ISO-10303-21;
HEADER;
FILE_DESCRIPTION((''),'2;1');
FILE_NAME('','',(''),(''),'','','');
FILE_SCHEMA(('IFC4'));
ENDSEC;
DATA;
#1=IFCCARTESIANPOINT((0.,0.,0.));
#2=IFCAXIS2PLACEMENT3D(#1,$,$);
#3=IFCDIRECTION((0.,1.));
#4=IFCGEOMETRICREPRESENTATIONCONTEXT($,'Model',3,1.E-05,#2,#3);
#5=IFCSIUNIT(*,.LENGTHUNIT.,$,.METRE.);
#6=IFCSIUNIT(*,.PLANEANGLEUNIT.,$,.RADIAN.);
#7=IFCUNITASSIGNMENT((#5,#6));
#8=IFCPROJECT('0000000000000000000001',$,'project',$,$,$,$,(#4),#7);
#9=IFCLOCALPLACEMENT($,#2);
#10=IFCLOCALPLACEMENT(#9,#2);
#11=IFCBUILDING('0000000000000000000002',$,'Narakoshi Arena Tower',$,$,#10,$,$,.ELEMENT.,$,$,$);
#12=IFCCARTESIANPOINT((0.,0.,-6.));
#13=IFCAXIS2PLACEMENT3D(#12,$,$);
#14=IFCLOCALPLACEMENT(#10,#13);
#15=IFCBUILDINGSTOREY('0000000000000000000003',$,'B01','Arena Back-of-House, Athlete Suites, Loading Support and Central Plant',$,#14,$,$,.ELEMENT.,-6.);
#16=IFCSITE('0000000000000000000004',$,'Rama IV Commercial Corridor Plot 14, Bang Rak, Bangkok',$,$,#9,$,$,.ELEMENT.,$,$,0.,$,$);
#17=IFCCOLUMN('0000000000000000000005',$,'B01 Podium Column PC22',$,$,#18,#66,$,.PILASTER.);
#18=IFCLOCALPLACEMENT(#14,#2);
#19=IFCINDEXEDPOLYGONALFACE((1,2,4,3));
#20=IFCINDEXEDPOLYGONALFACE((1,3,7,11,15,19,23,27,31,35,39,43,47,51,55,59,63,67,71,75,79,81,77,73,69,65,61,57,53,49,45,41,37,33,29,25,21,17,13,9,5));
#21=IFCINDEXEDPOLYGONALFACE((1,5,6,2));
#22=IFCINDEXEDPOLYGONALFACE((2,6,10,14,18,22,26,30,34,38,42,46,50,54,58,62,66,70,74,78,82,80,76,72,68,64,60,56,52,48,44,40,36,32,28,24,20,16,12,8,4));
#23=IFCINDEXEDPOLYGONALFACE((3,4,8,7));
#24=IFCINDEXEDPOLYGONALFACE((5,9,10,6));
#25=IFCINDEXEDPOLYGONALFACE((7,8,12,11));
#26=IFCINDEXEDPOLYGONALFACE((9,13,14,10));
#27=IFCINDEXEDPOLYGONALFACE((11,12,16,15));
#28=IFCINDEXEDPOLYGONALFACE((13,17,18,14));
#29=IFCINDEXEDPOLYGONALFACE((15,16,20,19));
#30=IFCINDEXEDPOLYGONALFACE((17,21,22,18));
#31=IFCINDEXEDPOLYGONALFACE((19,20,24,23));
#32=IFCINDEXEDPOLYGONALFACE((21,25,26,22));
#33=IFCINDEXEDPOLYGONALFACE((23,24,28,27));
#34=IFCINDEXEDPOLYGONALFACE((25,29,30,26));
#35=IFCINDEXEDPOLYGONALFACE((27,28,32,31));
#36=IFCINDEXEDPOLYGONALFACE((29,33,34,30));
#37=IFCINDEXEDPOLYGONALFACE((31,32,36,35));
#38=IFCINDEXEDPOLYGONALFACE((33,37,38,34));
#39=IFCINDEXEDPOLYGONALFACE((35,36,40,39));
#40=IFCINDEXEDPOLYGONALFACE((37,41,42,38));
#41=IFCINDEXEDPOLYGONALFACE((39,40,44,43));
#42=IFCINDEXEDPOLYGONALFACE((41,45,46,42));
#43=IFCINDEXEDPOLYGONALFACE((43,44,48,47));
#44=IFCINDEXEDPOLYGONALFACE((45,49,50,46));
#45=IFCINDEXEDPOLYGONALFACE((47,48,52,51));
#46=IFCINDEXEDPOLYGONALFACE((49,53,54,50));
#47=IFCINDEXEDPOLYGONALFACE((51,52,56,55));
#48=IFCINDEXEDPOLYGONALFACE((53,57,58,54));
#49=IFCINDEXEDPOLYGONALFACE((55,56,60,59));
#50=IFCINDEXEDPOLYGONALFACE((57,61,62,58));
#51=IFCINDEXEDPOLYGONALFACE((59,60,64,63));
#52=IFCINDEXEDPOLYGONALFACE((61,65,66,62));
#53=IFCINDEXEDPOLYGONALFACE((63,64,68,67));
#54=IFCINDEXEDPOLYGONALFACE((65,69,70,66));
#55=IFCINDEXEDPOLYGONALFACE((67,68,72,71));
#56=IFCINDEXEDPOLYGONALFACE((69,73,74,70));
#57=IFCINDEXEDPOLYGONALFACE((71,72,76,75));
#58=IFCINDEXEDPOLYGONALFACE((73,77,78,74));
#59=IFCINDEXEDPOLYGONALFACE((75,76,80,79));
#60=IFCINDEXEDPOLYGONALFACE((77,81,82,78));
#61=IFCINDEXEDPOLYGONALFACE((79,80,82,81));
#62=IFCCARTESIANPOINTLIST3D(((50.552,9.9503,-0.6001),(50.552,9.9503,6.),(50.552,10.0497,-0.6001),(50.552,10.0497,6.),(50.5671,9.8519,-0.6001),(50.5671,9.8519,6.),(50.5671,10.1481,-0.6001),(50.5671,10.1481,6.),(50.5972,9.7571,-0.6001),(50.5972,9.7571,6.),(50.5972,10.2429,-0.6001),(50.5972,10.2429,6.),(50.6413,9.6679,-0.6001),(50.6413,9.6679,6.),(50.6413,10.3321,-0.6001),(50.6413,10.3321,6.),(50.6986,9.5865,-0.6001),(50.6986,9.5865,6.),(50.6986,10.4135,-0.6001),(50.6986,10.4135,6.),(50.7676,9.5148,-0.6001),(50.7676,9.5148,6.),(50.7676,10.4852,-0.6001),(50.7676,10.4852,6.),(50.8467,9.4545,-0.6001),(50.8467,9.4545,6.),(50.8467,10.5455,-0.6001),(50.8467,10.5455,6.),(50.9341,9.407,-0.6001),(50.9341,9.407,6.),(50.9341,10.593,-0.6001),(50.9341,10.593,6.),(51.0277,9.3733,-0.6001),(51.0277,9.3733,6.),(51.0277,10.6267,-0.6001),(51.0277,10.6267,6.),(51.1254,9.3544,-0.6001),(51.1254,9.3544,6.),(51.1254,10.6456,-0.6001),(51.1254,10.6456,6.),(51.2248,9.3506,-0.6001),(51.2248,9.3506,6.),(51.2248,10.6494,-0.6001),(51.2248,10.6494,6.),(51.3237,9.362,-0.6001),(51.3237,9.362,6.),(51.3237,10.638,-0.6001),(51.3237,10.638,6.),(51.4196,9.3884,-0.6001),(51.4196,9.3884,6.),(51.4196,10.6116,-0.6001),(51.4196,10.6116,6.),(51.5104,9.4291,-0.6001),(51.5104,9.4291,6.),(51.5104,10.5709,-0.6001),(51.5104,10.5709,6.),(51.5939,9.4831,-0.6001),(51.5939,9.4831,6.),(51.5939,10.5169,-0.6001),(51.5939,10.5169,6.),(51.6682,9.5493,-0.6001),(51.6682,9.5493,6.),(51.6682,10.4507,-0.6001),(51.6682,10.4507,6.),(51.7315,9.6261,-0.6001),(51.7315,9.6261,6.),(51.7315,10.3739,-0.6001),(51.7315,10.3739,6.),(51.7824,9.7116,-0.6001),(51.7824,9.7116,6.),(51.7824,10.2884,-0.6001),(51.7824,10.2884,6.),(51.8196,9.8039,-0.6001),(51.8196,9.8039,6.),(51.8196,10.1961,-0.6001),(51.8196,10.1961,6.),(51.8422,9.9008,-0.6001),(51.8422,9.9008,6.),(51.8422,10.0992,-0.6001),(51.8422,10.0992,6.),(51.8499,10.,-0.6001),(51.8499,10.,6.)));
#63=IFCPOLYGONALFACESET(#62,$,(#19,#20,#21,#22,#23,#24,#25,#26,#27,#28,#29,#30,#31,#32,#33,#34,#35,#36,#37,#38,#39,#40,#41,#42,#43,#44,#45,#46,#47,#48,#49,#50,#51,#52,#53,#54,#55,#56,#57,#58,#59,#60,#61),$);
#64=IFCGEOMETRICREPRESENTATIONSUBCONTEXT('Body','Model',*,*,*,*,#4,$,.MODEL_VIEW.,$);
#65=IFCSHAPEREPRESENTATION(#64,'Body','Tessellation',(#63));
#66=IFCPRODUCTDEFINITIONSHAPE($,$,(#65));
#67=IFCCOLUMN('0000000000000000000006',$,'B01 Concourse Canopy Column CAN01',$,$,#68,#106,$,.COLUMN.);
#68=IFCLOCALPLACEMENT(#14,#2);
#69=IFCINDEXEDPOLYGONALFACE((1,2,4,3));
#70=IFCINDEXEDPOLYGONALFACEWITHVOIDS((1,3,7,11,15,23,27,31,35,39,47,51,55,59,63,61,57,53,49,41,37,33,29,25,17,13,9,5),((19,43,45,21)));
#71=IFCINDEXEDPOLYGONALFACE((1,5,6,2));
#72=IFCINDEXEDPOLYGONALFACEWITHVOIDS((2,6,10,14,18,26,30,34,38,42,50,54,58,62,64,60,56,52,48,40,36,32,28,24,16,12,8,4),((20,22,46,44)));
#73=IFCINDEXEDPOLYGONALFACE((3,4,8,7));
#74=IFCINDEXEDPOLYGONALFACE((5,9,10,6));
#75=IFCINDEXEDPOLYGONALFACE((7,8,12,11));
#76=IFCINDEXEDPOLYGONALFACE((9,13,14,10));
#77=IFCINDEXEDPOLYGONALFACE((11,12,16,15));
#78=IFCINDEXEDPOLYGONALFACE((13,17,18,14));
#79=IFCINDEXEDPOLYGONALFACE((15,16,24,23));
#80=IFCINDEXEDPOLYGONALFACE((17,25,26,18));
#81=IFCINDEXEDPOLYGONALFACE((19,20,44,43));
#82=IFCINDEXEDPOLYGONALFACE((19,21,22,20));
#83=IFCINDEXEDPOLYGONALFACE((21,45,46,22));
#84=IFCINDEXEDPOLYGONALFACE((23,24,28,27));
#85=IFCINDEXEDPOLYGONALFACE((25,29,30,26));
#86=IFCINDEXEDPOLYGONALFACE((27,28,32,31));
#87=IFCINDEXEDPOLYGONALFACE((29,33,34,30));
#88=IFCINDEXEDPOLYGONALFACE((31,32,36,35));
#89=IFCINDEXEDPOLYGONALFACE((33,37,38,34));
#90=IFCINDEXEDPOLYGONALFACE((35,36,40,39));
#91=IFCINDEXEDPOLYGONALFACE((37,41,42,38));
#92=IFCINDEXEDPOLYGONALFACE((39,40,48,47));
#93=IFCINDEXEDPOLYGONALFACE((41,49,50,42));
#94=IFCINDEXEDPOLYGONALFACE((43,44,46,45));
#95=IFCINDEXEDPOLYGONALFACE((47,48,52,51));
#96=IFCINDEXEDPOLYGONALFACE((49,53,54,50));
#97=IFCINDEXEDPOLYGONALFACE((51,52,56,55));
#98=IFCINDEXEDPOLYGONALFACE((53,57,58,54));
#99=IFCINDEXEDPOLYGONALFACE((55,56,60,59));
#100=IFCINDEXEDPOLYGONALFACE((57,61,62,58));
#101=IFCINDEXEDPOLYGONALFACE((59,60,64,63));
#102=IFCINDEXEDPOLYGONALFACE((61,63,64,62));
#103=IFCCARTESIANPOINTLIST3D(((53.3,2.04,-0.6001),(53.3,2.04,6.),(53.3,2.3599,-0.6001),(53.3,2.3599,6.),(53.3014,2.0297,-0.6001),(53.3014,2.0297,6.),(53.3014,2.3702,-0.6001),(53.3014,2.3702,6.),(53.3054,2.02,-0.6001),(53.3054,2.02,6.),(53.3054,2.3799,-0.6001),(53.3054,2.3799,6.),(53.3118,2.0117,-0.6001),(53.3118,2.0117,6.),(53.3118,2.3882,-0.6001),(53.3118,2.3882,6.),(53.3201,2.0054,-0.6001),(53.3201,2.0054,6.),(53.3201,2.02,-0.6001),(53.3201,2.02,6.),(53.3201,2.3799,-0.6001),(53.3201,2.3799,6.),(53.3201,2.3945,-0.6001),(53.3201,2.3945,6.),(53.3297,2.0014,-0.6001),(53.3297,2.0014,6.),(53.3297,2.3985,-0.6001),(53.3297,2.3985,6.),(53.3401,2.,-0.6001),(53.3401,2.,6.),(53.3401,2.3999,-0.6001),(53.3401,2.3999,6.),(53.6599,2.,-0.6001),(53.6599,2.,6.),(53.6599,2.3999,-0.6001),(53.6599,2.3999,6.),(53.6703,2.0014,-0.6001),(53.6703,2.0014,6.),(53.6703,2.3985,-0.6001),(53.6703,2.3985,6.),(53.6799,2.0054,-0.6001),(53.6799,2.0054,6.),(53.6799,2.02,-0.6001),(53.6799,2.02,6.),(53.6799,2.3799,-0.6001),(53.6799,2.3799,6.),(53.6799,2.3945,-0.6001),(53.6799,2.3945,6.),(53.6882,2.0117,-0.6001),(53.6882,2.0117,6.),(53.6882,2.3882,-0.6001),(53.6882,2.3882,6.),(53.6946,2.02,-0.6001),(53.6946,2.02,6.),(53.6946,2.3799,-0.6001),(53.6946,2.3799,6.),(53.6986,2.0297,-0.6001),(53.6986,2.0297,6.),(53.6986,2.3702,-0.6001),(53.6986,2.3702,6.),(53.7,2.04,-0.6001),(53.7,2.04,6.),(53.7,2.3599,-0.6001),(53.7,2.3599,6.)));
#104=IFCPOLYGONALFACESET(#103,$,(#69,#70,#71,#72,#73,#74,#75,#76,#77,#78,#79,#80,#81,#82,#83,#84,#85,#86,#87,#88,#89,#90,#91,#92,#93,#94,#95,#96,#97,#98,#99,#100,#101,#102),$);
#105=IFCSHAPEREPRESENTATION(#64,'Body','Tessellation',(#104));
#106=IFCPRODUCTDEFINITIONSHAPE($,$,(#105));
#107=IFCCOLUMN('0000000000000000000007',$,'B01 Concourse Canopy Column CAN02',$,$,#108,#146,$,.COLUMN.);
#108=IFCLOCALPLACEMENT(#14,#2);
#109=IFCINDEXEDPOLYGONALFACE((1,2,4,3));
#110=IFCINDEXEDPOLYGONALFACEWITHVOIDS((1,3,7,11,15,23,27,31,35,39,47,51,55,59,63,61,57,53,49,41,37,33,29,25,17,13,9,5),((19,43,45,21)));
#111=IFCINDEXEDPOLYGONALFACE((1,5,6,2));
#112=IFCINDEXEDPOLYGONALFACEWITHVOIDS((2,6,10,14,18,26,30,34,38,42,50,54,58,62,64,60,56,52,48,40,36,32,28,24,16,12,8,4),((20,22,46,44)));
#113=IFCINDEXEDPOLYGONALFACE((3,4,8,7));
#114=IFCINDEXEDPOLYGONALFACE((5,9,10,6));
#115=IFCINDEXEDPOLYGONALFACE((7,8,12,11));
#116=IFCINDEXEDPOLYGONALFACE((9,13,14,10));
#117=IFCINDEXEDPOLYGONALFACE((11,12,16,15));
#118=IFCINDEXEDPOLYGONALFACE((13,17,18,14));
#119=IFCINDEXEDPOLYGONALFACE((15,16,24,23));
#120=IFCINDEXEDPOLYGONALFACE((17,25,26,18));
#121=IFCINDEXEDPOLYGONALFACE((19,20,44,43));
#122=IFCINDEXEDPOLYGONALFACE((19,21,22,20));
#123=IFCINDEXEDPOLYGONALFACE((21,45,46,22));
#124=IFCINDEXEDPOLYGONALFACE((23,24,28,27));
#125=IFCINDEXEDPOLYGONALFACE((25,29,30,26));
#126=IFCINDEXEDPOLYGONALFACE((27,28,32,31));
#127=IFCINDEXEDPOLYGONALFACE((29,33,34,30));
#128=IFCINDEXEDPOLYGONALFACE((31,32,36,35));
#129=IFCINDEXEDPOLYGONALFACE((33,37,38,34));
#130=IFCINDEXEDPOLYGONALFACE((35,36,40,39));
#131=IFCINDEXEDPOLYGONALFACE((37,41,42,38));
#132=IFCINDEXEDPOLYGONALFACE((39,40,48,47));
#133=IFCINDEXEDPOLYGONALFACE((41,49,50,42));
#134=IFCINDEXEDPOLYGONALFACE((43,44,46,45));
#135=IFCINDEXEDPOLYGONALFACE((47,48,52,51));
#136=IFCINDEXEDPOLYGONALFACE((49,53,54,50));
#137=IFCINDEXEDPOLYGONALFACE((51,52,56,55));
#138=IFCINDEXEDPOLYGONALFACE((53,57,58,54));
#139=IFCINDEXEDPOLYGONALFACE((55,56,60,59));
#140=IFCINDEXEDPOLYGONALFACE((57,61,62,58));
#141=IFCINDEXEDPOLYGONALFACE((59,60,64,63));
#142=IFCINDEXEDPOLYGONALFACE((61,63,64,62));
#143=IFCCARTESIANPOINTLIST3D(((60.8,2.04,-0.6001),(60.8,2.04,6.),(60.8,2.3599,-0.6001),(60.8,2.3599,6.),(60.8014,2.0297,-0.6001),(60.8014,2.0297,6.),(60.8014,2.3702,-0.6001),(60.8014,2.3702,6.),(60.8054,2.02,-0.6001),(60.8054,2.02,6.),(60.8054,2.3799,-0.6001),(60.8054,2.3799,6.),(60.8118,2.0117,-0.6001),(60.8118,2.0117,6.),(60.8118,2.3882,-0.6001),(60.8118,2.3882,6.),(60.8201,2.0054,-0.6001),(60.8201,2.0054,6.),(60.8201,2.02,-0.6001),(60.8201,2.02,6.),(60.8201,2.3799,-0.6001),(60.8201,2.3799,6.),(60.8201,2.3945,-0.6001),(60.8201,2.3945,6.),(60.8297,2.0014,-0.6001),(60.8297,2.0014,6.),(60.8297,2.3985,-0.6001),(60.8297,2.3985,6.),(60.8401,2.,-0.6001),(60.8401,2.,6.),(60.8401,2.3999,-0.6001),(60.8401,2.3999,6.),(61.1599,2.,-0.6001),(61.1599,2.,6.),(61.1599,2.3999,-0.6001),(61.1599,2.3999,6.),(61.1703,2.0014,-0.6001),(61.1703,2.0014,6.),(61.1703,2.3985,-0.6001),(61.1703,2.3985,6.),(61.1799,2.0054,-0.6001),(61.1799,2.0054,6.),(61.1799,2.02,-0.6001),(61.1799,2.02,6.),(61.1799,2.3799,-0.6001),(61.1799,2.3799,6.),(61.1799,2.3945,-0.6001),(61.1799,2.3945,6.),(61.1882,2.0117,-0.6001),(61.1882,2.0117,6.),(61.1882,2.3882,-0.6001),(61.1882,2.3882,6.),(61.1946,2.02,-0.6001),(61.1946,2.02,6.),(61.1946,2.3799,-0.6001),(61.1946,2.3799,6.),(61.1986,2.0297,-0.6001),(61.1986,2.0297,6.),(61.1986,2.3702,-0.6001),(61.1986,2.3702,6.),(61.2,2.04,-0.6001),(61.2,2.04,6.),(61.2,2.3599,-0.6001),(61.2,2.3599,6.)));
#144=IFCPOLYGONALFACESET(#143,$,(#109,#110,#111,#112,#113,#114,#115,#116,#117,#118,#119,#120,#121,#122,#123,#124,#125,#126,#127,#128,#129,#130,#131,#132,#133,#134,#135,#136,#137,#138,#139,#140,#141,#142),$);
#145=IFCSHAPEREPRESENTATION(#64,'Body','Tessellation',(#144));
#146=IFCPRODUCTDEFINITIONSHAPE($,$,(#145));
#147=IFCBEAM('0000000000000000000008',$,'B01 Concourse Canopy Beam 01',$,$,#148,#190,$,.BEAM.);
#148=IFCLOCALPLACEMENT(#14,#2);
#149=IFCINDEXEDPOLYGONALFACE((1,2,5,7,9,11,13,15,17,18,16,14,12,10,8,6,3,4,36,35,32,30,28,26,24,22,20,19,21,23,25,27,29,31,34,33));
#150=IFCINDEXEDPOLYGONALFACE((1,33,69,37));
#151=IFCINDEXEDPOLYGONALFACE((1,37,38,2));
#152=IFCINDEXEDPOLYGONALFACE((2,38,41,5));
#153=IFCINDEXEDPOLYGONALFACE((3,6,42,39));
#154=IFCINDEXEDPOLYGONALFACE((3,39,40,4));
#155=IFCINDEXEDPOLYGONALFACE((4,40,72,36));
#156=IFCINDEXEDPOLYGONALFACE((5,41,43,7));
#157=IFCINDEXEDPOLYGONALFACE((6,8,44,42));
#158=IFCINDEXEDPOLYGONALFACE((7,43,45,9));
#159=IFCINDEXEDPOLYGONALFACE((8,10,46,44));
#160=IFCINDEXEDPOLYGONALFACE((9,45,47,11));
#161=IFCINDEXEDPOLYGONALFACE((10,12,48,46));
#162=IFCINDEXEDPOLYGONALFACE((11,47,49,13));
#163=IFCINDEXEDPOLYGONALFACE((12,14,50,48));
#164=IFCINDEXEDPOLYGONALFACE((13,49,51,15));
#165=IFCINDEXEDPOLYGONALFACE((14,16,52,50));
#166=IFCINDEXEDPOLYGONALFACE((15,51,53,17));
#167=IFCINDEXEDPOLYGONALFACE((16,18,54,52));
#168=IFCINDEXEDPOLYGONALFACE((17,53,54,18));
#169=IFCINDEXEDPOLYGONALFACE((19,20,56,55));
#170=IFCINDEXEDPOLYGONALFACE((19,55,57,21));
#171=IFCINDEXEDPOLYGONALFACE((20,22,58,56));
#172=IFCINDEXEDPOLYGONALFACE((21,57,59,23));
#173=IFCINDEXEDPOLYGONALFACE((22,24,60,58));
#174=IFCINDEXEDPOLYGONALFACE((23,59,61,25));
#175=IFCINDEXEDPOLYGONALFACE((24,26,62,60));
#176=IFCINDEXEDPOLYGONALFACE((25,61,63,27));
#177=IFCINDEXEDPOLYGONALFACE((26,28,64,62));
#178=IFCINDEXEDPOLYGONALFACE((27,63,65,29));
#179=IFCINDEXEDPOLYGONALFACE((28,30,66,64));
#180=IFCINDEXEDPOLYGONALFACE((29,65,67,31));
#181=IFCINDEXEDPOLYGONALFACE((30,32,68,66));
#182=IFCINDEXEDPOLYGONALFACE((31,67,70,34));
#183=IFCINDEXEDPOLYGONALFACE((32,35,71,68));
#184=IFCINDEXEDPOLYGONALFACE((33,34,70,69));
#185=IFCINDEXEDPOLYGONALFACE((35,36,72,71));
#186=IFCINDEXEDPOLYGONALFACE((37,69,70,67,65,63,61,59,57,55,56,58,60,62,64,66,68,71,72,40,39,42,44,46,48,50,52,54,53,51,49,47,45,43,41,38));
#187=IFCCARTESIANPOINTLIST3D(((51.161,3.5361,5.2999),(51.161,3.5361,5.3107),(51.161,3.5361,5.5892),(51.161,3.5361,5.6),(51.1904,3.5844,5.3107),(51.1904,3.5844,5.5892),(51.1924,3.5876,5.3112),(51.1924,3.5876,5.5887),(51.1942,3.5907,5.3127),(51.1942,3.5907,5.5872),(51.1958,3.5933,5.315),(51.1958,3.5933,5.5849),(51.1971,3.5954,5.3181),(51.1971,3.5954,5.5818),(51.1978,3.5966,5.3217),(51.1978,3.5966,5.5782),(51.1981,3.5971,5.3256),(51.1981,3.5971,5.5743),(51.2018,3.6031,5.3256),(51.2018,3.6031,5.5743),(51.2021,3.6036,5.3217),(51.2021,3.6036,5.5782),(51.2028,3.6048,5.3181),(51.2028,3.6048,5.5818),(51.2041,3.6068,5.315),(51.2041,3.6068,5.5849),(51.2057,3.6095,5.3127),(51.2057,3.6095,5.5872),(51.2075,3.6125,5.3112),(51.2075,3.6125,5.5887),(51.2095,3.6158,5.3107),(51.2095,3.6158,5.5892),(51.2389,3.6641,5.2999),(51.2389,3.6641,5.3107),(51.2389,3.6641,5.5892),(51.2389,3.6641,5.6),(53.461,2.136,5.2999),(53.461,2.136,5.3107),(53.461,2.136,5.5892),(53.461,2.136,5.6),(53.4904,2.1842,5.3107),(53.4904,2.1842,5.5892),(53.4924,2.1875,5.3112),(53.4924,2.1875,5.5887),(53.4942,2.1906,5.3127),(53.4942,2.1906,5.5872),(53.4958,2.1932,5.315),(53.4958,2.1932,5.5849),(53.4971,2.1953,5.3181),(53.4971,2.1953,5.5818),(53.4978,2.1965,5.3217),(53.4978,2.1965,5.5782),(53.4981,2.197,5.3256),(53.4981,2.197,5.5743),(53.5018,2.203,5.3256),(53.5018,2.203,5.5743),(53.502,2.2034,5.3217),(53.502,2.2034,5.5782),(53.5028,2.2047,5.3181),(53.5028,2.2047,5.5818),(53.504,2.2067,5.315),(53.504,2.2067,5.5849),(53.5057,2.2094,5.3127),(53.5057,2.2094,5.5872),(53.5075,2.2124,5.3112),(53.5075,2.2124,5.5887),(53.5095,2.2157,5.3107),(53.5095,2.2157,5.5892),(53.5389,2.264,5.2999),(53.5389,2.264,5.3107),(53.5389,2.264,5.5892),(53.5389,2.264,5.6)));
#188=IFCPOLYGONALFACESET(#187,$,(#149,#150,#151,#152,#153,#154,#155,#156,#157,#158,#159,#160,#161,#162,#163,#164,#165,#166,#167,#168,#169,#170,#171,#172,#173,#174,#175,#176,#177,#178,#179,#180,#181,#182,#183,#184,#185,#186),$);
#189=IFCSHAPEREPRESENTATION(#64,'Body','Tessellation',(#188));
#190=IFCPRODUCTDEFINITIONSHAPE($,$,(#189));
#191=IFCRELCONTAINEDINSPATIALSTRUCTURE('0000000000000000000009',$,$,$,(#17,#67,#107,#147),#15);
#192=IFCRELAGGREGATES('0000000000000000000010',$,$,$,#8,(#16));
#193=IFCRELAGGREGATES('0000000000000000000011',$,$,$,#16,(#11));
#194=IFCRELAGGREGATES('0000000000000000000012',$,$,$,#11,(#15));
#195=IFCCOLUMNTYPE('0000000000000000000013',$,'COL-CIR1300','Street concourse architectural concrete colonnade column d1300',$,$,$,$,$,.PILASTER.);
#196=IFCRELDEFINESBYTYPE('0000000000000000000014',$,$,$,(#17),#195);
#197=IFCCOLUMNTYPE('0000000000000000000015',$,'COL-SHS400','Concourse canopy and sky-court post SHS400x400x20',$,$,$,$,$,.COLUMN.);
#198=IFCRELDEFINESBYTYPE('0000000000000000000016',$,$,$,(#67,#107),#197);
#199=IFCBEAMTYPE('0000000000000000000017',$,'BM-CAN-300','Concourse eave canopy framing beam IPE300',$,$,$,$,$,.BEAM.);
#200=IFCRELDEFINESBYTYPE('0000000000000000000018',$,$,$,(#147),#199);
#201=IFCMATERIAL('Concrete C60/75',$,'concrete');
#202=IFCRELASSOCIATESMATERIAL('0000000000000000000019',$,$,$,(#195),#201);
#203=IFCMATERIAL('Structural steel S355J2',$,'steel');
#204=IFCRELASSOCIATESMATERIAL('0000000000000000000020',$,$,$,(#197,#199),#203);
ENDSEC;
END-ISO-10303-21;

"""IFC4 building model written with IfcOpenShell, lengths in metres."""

from ifc_helpers import new_model, si_unit, direction, frame, origin, origin_2d, place, context, subcontext, project, spatial, hollow_rectangle, circle, i_section, extrude, material, material_profile, profile_set, type_object, element, save


model = new_model("IFC4")

# Units and contexts
model_context = context("Model", 3, precision=1e-05, world=origin(), true_north=direction((0.0, 1.0)))
body_context = subcontext(model_context, "Body", "Model", "MODEL_VIEW")
ifc_project = project(units=[si_unit("LENGTHUNIT", "METRE"), si_unit("PLANEANGLEUNIT", "RADIAN")], contexts=[model_context])

# Site, building, storey
site_placement = place(None, origin())
site = spatial("IfcSite", under=ifc_project, at=site_placement, Name="Rama IV Commercial Corridor Plot 14, Bang Rak, Bangkok", CompositionType="ELEMENT", RefElevation=0.0)
building_placement = place(site_placement, origin())
building = spatial("IfcBuilding", under=site, at=building_placement, Name="Narakoshi Arena Tower", CompositionType="ELEMENT")
storey_placement = place(building_placement, frame((0.0, 0.0, -6.0)))
storey = spatial("IfcBuildingStorey", under=building, at=storey_placement, Name="B01", Description="Arena Back-of-House, Athlete Suites, Loading Support and Central Plant", CompositionType="ELEMENT", Elevation=-6.0)

# Columns
ifc_material_1 = material(Name="Concrete C60/75", Category="concrete")
ifc_material_profile_1 = material_profile(ifc_material_1, circle(Radius=0.6499, at=origin_2d()), Name="RCC1300")
ifc_profile_set_1 = profile_set([ifc_material_profile_1], Name="Concrete C60/75")
column_type_1 = type_object("IfcColumnType", Name="COL-CIR1300", Description="Street concourse architectural concrete colonnade column d1300", PredefinedType="PILASTER", material=ifc_profile_set_1)
column_placement = place(storey_placement, frame((51.2, 10.0, -0.6001), z_axis=(0.0, 0.0, 1.0), x_axis=(1.0, 0.0, 0.0)))
element("IfcColumn", 1, at=column_placement, inside=storey, type_object=column_type_1, Name="B01 Podium Column PC22", PredefinedType="PILASTER", context=body_context, shape_type="SweptSolid", body=[
    extrude(circle(Radius=0.6499, at=origin_2d()), origin(), (0.0, 0.0, 1.0), 6.6001),
])
ifc_material_2 = material(Name="Structural steel S355J2", Category="steel")
ifc_material_profile_2 = material_profile(ifc_material_2, hollow_rectangle(XDim=0.3999, YDim=0.3999, WallThickness=0.02, OuterFilletRadius=0.04, at=origin_2d()), Name="SHS400x400x20")
ifc_profile_set_2 = profile_set([ifc_material_profile_2], Name="Structural steel S355J2")
column_type_2 = type_object("IfcColumnType", Name="COL-SHS400", Description="Concourse canopy and sky-court post SHS400x400x20", PredefinedType="COLUMN", material=ifc_profile_set_2)
for number, where, z_axis, x_axis, name in (
    (2, (53.5, 2.2, -0.6001), (0.0, 0.0, 1.0), (1.0, 0.0, 0.0), "B01 Concourse Canopy Column CAN01"),
    (3, (61.0, 2.2, -0.6001), (0.0, 0.0, 1.0), (1.0, 0.0, 0.0), "B01 Concourse Canopy Column CAN02"),
):
    element("IfcColumn", number, at=place(storey_placement, frame(where, z_axis=z_axis, x_axis=x_axis)), inside=storey, type_object=column_type_2, Name=name, PredefinedType="COLUMN", context=body_context, shape_type="SweptSolid", body=[
        extrude(hollow_rectangle(XDim=0.3999, YDim=0.3999, WallThickness=0.02, OuterFilletRadius=0.04, at=origin_2d()), origin(), (0.0, 0.0, 1.0), 6.6001),
    ])

# Beam
ifc_material_profile_3 = material_profile(ifc_material_2, i_section(OverallWidth=0.1499, OverallDepth=0.3, WebThickness=0.0071, FlangeThickness=0.0107, FilletRadius=0.0149, at=origin_2d()), Name="IPE300")
ifc_profile_set_3 = profile_set([ifc_material_profile_3], Name="Structural steel S355J2")
beam_type_1 = type_object("IfcBeamType", Name="BM-CAN-300", Description="Concourse eave canopy framing beam IPE300", PredefinedType="BEAM", material=ifc_profile_set_3)
beam_1_placement = place(storey_placement, frame((51.2, 3.6001, 5.45), z_axis=(0.854179, -0.519979, 0.0), x_axis=(0.519979, 0.854179, 0.0)))
element("IfcBeam", 4, at=beam_1_placement, inside=storey, type_object=beam_type_1, Name="B01 Concourse Canopy Beam 01", PredefinedType="BEAM", context=body_context, shape_type="SweptSolid", body=[
    extrude(i_section(OverallWidth=0.1499, OverallDepth=0.3, WebThickness=0.0071, FlangeThickness=0.0107, FilletRadius=0.0149, at=origin_2d()), origin(), (0.0, 0.0, 1.0), 2.6926),
])

save(model, "model.ifc")
